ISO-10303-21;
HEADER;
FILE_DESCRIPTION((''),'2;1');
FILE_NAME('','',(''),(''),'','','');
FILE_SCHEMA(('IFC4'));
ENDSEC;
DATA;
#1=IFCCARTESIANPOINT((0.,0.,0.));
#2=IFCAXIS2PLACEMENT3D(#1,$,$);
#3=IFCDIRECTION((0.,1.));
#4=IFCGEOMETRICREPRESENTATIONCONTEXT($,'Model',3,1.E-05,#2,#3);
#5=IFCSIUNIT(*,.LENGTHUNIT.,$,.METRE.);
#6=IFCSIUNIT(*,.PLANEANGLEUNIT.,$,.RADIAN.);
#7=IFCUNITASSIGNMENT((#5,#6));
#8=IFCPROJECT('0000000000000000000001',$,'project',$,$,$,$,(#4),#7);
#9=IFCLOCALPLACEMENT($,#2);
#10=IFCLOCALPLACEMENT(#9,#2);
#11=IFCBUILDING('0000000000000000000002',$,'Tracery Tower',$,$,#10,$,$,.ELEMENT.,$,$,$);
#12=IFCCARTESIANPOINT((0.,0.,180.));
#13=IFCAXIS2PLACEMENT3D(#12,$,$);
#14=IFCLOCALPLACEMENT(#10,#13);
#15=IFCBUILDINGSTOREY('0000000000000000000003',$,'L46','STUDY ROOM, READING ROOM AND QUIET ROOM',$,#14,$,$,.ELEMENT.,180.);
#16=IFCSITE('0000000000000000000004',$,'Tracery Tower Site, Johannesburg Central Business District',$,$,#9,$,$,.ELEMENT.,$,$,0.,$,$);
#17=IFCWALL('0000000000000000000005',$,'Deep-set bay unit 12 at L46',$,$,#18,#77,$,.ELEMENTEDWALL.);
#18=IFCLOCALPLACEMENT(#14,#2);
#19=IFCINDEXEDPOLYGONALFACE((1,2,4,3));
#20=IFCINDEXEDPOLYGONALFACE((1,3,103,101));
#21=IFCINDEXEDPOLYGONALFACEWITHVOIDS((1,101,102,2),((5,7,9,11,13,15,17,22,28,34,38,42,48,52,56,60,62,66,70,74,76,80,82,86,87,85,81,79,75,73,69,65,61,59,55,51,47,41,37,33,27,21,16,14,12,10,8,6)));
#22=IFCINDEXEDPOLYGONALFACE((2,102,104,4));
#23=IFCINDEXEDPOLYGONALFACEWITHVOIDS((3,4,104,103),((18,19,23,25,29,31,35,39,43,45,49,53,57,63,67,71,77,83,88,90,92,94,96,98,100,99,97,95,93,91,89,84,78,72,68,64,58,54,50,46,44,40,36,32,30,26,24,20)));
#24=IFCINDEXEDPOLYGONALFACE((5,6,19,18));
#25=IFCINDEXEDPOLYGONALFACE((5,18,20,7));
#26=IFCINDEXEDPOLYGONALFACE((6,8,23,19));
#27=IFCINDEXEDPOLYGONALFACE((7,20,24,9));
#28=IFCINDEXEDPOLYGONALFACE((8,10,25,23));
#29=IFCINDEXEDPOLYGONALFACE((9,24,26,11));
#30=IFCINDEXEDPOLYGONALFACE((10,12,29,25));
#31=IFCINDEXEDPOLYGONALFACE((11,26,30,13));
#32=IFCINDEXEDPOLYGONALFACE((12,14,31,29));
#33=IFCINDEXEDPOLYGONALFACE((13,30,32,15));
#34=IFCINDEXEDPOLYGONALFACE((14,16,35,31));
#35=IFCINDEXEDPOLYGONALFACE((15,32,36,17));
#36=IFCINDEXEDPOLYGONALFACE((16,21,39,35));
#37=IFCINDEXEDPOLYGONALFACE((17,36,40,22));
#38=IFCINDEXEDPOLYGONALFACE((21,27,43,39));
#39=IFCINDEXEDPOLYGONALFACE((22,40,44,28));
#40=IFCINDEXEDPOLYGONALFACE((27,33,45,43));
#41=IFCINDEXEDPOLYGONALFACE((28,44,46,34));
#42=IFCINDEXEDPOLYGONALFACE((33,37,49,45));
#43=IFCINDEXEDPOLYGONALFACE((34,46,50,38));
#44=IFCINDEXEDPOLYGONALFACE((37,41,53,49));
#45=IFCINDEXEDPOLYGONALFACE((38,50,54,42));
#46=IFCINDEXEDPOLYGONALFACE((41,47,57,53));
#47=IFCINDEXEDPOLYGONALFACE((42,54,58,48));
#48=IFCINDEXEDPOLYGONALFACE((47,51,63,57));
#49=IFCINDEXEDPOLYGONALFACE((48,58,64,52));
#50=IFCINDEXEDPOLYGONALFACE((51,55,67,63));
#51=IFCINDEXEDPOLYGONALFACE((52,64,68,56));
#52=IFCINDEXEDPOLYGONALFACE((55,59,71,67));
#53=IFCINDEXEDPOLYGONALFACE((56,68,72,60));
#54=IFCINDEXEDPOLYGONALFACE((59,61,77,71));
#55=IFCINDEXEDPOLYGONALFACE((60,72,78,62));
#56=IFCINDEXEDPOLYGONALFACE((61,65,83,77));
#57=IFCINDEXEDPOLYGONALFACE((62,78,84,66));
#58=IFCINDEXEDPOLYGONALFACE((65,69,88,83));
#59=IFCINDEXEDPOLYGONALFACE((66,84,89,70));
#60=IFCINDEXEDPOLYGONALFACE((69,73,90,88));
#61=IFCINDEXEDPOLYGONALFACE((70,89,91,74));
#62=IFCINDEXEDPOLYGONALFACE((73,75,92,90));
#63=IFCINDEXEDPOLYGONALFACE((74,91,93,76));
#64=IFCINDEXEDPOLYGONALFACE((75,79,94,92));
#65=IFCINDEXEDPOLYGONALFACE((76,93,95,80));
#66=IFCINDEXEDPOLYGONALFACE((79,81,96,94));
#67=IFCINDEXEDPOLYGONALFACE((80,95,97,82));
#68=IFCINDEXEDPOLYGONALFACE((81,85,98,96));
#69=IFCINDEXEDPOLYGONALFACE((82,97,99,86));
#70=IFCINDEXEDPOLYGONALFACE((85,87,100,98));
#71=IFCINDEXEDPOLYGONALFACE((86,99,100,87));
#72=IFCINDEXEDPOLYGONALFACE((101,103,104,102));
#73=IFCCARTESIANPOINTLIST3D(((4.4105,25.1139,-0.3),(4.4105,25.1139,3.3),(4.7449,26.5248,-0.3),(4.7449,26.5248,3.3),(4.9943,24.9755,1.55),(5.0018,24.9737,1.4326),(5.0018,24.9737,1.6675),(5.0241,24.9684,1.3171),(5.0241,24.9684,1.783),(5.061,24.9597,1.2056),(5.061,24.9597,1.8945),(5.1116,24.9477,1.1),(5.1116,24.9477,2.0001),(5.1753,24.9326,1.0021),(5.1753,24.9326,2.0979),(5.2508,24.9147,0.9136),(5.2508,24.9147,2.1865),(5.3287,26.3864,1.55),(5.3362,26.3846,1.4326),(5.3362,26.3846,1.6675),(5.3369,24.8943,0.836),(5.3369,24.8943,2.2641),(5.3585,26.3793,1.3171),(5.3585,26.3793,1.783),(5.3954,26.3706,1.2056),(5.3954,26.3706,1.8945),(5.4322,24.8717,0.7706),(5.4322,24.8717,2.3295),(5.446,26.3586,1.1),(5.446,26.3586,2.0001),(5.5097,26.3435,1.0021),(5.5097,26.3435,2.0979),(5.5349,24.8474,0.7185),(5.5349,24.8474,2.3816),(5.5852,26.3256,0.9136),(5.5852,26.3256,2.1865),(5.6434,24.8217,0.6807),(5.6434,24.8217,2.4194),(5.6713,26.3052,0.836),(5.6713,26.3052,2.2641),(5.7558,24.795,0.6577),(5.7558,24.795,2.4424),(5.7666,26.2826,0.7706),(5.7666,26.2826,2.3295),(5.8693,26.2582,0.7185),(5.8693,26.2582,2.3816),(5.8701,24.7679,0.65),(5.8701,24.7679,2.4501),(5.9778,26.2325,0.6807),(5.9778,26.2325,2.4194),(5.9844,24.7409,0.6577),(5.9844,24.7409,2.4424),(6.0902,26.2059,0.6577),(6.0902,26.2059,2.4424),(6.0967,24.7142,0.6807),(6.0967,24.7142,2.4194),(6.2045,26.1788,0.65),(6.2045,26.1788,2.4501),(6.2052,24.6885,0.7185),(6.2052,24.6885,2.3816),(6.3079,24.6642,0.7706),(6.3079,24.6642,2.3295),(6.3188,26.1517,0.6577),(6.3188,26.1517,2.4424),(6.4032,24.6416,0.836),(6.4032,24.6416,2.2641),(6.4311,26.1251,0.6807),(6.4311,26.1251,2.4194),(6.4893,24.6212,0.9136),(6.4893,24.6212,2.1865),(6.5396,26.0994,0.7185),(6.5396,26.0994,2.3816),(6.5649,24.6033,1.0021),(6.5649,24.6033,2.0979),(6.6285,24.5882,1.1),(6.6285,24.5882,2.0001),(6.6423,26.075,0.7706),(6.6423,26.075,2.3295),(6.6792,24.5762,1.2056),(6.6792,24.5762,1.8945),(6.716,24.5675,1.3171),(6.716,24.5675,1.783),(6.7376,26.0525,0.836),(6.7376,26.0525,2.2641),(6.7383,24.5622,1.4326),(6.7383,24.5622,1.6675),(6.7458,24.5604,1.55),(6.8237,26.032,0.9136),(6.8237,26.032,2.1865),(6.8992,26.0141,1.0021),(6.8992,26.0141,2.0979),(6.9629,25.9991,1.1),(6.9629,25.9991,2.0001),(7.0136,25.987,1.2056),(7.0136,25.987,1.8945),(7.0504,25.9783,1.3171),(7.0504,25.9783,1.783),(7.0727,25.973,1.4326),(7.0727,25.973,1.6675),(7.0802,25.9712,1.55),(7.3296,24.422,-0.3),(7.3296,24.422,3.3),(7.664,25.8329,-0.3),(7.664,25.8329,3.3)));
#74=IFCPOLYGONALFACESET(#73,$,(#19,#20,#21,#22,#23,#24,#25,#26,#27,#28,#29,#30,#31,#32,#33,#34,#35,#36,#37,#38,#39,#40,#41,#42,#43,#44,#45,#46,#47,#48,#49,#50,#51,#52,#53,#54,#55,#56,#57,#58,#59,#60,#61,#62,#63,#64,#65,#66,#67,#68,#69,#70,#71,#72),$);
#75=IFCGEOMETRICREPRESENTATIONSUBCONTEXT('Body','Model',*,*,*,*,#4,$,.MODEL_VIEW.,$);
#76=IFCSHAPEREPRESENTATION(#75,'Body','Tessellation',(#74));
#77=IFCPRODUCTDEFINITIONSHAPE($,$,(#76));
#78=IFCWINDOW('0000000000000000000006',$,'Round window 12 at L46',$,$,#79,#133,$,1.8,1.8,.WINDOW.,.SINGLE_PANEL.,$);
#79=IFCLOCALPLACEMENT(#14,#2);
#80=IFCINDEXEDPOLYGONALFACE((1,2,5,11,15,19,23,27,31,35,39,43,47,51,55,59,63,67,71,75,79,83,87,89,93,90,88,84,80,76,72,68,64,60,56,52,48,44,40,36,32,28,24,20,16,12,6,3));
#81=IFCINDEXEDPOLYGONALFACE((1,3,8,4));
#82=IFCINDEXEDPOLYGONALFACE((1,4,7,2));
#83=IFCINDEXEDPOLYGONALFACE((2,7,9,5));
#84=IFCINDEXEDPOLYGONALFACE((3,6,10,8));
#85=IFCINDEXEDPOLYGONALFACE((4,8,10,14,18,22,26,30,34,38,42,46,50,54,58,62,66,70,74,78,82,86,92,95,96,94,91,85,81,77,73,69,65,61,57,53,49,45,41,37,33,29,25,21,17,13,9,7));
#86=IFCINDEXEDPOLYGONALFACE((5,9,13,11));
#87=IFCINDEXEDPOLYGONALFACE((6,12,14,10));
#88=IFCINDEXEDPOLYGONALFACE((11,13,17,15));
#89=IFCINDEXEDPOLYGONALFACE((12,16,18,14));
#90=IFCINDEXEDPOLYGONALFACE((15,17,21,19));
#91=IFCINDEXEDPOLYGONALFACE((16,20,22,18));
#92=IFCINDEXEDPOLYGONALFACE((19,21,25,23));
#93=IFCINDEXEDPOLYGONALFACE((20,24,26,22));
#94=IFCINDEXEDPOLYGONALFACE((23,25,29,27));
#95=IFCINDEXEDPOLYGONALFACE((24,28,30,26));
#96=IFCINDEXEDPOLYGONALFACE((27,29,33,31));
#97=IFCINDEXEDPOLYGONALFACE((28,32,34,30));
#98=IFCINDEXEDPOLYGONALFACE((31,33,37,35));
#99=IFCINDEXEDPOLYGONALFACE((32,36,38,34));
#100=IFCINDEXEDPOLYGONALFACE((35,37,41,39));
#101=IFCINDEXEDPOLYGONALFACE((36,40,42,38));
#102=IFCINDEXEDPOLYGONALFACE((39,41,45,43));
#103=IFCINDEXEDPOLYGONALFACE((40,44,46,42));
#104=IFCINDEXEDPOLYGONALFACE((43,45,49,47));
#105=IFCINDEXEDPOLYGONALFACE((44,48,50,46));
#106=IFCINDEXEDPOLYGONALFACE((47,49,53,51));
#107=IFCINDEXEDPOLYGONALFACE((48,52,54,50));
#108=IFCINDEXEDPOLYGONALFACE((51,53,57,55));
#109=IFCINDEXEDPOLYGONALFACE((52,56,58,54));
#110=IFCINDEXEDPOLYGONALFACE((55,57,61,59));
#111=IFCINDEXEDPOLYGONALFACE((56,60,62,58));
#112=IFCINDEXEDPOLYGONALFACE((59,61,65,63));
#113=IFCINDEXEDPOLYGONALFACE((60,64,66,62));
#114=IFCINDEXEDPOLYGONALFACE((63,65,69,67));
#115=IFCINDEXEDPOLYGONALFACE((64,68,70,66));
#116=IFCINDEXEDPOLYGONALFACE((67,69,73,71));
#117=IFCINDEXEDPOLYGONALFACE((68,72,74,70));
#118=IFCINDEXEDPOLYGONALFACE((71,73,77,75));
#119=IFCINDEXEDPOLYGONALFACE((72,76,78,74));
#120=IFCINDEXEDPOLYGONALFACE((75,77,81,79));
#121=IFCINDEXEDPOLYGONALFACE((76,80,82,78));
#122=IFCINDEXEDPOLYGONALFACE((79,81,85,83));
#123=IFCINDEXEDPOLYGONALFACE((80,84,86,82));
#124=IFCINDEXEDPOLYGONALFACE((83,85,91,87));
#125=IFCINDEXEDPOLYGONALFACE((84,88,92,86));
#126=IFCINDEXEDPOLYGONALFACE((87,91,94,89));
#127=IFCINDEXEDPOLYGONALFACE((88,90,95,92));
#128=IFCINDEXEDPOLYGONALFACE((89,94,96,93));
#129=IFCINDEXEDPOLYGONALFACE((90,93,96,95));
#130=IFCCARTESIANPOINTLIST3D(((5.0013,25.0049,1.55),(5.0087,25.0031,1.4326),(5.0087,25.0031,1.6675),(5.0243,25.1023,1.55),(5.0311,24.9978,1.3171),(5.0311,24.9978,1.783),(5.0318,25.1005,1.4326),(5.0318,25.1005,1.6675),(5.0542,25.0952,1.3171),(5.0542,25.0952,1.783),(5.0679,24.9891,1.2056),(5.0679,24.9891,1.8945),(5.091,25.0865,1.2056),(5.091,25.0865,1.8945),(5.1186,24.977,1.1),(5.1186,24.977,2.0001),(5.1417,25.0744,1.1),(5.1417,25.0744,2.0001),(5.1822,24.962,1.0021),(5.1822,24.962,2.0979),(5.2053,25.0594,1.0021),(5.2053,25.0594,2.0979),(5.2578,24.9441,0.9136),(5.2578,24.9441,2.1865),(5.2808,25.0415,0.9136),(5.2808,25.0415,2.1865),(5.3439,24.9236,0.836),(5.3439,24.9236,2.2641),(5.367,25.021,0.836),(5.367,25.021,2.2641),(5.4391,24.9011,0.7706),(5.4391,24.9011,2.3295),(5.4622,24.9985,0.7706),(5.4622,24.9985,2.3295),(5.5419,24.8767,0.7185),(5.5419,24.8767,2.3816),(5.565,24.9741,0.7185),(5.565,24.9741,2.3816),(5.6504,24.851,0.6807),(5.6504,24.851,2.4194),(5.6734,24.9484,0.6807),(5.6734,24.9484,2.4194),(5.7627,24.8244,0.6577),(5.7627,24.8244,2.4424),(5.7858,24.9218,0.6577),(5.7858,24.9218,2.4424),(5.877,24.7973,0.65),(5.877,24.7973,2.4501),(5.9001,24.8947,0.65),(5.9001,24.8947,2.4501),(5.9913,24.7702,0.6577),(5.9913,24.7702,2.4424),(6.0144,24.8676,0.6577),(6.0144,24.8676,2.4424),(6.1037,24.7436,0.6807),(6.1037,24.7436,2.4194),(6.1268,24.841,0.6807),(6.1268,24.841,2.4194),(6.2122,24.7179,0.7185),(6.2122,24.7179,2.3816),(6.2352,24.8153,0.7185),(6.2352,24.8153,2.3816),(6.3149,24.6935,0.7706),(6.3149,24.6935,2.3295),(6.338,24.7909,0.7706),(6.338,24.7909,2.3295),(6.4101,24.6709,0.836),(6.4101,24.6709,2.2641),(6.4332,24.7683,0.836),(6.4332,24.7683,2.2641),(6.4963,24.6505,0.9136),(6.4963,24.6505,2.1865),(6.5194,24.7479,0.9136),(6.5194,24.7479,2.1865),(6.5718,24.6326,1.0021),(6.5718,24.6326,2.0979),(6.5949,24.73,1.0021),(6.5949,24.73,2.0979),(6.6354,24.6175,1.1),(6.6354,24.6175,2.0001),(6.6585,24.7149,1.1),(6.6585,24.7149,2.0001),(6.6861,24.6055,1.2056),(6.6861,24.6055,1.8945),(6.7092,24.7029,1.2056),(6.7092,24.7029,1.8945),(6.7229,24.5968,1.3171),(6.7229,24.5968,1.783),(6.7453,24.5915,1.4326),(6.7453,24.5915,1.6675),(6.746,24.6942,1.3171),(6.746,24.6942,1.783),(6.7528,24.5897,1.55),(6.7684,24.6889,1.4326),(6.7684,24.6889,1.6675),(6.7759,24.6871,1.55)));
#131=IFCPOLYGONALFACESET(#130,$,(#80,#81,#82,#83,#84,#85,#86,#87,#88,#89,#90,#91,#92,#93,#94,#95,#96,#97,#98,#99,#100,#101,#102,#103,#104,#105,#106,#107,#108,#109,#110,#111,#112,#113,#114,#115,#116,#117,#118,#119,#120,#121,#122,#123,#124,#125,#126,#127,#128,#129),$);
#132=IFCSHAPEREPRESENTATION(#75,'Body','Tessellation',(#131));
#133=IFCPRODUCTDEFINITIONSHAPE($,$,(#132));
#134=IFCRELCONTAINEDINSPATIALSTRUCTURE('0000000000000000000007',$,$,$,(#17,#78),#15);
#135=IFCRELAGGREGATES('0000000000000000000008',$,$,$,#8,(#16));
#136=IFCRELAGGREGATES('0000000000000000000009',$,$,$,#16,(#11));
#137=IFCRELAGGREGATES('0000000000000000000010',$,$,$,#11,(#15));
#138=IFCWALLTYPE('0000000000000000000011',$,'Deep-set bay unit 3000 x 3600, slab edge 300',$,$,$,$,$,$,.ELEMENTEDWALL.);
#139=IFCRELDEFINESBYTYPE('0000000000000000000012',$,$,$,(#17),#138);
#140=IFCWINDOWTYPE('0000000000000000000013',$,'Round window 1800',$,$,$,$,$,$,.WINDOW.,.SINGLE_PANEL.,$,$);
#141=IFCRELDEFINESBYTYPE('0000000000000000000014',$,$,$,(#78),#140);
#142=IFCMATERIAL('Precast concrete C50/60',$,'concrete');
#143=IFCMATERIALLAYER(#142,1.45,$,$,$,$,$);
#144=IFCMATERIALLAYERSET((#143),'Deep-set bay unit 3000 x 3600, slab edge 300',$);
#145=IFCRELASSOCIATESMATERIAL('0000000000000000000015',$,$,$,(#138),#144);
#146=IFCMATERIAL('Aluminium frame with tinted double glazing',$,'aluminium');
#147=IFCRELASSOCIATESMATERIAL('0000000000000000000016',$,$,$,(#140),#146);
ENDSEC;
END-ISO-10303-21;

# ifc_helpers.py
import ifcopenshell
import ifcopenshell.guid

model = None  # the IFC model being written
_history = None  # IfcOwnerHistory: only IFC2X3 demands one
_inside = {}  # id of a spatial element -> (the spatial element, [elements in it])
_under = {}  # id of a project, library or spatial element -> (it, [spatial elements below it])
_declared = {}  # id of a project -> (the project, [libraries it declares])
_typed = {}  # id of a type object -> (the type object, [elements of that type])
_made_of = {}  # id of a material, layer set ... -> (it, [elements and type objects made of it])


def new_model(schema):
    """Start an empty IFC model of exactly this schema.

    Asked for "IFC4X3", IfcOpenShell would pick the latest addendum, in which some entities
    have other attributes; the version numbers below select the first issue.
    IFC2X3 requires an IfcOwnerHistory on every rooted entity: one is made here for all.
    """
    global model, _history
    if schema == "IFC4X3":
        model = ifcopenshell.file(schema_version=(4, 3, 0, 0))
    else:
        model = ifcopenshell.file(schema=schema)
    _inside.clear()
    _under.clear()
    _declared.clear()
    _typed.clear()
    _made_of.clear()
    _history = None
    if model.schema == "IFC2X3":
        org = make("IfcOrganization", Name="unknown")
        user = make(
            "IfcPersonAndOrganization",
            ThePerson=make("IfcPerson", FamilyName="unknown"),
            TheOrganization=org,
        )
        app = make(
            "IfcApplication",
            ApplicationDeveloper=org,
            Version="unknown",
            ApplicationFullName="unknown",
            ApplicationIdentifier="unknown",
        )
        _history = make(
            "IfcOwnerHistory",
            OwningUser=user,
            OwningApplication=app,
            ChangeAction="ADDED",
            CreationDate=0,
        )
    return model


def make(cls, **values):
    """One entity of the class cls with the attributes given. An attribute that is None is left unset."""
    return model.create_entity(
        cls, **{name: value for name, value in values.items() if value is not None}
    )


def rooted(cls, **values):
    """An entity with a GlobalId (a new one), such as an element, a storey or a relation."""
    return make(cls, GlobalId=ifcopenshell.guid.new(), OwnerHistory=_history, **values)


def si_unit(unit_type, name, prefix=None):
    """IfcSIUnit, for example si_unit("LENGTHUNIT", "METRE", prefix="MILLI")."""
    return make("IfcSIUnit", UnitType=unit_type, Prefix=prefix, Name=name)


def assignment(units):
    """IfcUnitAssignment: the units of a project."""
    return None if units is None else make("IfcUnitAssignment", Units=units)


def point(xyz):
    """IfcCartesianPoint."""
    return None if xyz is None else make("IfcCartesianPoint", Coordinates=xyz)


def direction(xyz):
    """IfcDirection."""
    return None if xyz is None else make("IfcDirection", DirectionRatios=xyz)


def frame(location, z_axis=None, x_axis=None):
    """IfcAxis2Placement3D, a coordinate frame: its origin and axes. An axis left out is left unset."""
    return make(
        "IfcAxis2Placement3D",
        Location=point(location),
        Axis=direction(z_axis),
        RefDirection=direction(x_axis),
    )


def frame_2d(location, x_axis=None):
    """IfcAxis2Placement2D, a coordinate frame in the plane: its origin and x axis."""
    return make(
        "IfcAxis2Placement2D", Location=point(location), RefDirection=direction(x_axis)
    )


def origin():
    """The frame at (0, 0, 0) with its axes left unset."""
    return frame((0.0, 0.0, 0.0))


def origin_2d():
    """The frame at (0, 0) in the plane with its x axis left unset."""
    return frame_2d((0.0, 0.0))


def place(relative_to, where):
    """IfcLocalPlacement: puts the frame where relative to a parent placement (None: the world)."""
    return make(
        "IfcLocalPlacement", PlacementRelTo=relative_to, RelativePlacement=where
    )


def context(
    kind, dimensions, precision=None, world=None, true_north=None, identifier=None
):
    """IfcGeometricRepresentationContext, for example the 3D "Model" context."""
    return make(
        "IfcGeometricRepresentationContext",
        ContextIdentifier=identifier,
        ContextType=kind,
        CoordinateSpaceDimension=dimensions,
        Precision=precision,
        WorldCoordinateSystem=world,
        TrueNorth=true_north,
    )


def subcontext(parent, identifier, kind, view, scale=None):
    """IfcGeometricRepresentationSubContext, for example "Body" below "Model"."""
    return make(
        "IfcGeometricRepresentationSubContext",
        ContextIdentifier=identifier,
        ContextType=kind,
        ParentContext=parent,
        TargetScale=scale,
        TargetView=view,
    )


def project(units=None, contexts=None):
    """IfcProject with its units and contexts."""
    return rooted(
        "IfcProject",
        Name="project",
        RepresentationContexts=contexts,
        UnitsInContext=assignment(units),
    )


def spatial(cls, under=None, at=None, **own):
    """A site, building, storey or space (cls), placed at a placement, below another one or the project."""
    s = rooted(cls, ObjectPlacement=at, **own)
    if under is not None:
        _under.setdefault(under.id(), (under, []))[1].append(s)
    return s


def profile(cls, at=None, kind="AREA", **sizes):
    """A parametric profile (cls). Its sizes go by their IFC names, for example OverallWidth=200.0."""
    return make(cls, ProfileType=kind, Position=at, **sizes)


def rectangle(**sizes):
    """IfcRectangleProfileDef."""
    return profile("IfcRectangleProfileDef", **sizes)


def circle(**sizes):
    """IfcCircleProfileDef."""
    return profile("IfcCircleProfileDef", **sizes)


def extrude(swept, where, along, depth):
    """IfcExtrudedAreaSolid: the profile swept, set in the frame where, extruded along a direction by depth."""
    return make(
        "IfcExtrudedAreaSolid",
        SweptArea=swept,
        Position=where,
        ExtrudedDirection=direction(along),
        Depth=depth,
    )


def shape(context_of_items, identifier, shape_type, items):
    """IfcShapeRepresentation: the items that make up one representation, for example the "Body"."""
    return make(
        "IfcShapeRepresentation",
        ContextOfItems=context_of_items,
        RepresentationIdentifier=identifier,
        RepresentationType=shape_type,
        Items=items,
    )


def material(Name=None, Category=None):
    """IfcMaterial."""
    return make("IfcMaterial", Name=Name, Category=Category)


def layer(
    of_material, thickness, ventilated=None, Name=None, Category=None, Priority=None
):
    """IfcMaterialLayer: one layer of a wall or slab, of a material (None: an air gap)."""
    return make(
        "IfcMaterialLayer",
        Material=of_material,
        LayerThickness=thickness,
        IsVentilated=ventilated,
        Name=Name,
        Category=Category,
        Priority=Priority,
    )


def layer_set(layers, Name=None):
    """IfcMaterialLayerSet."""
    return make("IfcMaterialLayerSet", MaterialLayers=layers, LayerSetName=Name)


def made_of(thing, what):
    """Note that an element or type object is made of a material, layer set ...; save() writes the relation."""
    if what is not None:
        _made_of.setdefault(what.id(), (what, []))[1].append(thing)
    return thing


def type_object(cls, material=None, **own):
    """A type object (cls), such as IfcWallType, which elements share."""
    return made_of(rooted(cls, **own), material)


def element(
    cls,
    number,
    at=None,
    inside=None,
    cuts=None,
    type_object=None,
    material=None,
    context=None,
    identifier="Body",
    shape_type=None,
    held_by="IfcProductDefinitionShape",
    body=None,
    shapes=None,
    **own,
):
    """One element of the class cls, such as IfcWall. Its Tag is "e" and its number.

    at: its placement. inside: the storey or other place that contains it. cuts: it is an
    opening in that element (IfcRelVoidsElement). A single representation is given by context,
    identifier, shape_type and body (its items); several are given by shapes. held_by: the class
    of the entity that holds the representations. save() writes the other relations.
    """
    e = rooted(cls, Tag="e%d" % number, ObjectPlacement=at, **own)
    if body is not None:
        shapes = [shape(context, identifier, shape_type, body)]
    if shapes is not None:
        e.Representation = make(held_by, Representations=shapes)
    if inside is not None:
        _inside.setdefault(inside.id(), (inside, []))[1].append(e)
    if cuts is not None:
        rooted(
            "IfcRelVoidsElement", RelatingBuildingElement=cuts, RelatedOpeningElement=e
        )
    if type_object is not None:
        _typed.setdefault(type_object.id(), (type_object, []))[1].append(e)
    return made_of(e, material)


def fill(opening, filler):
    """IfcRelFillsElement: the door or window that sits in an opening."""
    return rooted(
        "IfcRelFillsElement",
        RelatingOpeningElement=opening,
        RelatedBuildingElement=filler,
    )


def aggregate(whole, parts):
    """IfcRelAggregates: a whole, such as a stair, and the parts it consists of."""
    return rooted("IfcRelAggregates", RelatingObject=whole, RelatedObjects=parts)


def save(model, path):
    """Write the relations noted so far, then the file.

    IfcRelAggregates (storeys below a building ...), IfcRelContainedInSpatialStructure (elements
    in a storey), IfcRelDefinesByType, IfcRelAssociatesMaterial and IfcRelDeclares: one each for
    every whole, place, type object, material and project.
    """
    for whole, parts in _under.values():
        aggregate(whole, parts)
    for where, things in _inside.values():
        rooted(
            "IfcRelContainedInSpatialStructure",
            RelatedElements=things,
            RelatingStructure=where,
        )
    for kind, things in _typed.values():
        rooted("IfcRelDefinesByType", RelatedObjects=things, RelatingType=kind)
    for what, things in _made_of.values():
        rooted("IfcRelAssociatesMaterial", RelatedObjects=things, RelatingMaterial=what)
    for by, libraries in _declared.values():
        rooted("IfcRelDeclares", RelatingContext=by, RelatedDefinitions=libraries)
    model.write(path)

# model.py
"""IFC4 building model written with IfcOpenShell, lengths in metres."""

from ifc_helpers import new_model, si_unit, direction, frame, frame_2d, origin, origin_2d, place, context, subcontext, project, spatial, rectangle, circle, extrude, material, layer, layer_set, type_object, element, fill, save


model = new_model("IFC4")

# Units and contexts
model_context = context("Model", 3, precision=1e-05, world=origin(), true_north=direction((0.0, 1.0)))
body_context = subcontext(model_context, "Body", "Model", "MODEL_VIEW")
ifc_project = project(units=[si_unit("LENGTHUNIT", "METRE"), si_unit("PLANEANGLEUNIT", "RADIAN")], contexts=[model_context])

# Site, building, storey
site_placement = place(None, origin())
site = spatial("IfcSite", under=ifc_project, at=site_placement, Name="Tracery Tower Site, Johannesburg Central Business District", CompositionType="ELEMENT", RefElevation=0.0)
building_placement = place(site_placement, origin())
building = spatial("IfcBuilding", under=site, at=building_placement, Name="Tracery Tower", CompositionType="ELEMENT")
storey_placement = place(building_placement, frame((0.0, 0.0, 180.0)))
storey = spatial("IfcBuildingStorey", under=building, at=storey_placement, Name="L46", Description="STUDY ROOM, READING ROOM AND QUIET ROOM", CompositionType="ELEMENT", Elevation=180.0)

# Wall, opening, window
ifc_material_1 = material(Name="Precast concrete C50/60", Category="concrete")
ifc_layer_1 = layer(ifc_material_1, 1.45)
ifc_layer_set_1 = layer_set([ifc_layer_1], Name="Deep-set bay unit 3000 x 3600, slab edge 300")
wall_type_1 = type_object("IfcWallType", Name="Deep-set bay unit 3000 x 3600, slab edge 300", PredefinedType="ELEMENTEDWALL", material=ifc_layer_set_1)
wall_1_placement = place(storey_placement, frame((7.4968, 25.1274, -0.3), z_axis=(0.0, 0.0, 1.0), x_axis=(-0.973042, 0.230627, 0.0)))
wall_1 = element("IfcWall", 1, at=wall_1_placement, inside=storey, type_object=wall_type_1, Name="Deep-set bay unit 12 at L46", PredefinedType="ELEMENTEDWALL", context=body_context, shape_type="SweptSolid", body=[
    extrude(rectangle(XDim=3.0, YDim=1.45, at=frame_2d((1.5, 0.0))), origin(), (0.0, 0.0, 1.0), 3.6001),
])
opening_1_placement = place(wall_1_placement, frame((1.5, 0.0, 1.8501)))
opening_1 = element("IfcOpeningElement", 2, at=opening_1_placement, cuts=wall_1, PredefinedType="OPENING", context=body_context, shape_type="SweptSolid", body=[
    extrude(circle(Radius=0.9, at=origin_2d()), frame((0.0, 0.7349, 0.0), z_axis=(0.0, -1.0, 0.0), x_axis=(1.0, 0.0, 0.0)), (0.0, 0.0, 1.0), 1.47),
])
ifc_material_2 = material(Name="Aluminium frame with tinted double glazing", Category="aluminium")
window_type = type_object("IfcWindowType", Name="Round window 1800", PartitioningType="SINGLE_PANEL", PredefinedType="WINDOW", material=ifc_material_2)
window_1_placement = place(opening_1_placement, origin())
window_1 = element("IfcWindow", 3, at=window_1_placement, inside=storey, type_object=window_type, Name="Round window 12 at L46", OverallHeight=1.8, OverallWidth=1.8, PartitioningType="SINGLE_PANEL", PredefinedType="WINDOW", context=body_context, shape_type="SweptSolid", body=[
    extrude(circle(Radius=0.9, at=origin_2d()), frame((0.0, 0.6948, 0.0), z_axis=(0.0, -1.0, 0.0), x_axis=(1.0, 0.0, 0.0)), (0.0, 0.0, 1.0), 0.1001),
])
fill(opening_1, window_1)

save(model, "model.ifc")
